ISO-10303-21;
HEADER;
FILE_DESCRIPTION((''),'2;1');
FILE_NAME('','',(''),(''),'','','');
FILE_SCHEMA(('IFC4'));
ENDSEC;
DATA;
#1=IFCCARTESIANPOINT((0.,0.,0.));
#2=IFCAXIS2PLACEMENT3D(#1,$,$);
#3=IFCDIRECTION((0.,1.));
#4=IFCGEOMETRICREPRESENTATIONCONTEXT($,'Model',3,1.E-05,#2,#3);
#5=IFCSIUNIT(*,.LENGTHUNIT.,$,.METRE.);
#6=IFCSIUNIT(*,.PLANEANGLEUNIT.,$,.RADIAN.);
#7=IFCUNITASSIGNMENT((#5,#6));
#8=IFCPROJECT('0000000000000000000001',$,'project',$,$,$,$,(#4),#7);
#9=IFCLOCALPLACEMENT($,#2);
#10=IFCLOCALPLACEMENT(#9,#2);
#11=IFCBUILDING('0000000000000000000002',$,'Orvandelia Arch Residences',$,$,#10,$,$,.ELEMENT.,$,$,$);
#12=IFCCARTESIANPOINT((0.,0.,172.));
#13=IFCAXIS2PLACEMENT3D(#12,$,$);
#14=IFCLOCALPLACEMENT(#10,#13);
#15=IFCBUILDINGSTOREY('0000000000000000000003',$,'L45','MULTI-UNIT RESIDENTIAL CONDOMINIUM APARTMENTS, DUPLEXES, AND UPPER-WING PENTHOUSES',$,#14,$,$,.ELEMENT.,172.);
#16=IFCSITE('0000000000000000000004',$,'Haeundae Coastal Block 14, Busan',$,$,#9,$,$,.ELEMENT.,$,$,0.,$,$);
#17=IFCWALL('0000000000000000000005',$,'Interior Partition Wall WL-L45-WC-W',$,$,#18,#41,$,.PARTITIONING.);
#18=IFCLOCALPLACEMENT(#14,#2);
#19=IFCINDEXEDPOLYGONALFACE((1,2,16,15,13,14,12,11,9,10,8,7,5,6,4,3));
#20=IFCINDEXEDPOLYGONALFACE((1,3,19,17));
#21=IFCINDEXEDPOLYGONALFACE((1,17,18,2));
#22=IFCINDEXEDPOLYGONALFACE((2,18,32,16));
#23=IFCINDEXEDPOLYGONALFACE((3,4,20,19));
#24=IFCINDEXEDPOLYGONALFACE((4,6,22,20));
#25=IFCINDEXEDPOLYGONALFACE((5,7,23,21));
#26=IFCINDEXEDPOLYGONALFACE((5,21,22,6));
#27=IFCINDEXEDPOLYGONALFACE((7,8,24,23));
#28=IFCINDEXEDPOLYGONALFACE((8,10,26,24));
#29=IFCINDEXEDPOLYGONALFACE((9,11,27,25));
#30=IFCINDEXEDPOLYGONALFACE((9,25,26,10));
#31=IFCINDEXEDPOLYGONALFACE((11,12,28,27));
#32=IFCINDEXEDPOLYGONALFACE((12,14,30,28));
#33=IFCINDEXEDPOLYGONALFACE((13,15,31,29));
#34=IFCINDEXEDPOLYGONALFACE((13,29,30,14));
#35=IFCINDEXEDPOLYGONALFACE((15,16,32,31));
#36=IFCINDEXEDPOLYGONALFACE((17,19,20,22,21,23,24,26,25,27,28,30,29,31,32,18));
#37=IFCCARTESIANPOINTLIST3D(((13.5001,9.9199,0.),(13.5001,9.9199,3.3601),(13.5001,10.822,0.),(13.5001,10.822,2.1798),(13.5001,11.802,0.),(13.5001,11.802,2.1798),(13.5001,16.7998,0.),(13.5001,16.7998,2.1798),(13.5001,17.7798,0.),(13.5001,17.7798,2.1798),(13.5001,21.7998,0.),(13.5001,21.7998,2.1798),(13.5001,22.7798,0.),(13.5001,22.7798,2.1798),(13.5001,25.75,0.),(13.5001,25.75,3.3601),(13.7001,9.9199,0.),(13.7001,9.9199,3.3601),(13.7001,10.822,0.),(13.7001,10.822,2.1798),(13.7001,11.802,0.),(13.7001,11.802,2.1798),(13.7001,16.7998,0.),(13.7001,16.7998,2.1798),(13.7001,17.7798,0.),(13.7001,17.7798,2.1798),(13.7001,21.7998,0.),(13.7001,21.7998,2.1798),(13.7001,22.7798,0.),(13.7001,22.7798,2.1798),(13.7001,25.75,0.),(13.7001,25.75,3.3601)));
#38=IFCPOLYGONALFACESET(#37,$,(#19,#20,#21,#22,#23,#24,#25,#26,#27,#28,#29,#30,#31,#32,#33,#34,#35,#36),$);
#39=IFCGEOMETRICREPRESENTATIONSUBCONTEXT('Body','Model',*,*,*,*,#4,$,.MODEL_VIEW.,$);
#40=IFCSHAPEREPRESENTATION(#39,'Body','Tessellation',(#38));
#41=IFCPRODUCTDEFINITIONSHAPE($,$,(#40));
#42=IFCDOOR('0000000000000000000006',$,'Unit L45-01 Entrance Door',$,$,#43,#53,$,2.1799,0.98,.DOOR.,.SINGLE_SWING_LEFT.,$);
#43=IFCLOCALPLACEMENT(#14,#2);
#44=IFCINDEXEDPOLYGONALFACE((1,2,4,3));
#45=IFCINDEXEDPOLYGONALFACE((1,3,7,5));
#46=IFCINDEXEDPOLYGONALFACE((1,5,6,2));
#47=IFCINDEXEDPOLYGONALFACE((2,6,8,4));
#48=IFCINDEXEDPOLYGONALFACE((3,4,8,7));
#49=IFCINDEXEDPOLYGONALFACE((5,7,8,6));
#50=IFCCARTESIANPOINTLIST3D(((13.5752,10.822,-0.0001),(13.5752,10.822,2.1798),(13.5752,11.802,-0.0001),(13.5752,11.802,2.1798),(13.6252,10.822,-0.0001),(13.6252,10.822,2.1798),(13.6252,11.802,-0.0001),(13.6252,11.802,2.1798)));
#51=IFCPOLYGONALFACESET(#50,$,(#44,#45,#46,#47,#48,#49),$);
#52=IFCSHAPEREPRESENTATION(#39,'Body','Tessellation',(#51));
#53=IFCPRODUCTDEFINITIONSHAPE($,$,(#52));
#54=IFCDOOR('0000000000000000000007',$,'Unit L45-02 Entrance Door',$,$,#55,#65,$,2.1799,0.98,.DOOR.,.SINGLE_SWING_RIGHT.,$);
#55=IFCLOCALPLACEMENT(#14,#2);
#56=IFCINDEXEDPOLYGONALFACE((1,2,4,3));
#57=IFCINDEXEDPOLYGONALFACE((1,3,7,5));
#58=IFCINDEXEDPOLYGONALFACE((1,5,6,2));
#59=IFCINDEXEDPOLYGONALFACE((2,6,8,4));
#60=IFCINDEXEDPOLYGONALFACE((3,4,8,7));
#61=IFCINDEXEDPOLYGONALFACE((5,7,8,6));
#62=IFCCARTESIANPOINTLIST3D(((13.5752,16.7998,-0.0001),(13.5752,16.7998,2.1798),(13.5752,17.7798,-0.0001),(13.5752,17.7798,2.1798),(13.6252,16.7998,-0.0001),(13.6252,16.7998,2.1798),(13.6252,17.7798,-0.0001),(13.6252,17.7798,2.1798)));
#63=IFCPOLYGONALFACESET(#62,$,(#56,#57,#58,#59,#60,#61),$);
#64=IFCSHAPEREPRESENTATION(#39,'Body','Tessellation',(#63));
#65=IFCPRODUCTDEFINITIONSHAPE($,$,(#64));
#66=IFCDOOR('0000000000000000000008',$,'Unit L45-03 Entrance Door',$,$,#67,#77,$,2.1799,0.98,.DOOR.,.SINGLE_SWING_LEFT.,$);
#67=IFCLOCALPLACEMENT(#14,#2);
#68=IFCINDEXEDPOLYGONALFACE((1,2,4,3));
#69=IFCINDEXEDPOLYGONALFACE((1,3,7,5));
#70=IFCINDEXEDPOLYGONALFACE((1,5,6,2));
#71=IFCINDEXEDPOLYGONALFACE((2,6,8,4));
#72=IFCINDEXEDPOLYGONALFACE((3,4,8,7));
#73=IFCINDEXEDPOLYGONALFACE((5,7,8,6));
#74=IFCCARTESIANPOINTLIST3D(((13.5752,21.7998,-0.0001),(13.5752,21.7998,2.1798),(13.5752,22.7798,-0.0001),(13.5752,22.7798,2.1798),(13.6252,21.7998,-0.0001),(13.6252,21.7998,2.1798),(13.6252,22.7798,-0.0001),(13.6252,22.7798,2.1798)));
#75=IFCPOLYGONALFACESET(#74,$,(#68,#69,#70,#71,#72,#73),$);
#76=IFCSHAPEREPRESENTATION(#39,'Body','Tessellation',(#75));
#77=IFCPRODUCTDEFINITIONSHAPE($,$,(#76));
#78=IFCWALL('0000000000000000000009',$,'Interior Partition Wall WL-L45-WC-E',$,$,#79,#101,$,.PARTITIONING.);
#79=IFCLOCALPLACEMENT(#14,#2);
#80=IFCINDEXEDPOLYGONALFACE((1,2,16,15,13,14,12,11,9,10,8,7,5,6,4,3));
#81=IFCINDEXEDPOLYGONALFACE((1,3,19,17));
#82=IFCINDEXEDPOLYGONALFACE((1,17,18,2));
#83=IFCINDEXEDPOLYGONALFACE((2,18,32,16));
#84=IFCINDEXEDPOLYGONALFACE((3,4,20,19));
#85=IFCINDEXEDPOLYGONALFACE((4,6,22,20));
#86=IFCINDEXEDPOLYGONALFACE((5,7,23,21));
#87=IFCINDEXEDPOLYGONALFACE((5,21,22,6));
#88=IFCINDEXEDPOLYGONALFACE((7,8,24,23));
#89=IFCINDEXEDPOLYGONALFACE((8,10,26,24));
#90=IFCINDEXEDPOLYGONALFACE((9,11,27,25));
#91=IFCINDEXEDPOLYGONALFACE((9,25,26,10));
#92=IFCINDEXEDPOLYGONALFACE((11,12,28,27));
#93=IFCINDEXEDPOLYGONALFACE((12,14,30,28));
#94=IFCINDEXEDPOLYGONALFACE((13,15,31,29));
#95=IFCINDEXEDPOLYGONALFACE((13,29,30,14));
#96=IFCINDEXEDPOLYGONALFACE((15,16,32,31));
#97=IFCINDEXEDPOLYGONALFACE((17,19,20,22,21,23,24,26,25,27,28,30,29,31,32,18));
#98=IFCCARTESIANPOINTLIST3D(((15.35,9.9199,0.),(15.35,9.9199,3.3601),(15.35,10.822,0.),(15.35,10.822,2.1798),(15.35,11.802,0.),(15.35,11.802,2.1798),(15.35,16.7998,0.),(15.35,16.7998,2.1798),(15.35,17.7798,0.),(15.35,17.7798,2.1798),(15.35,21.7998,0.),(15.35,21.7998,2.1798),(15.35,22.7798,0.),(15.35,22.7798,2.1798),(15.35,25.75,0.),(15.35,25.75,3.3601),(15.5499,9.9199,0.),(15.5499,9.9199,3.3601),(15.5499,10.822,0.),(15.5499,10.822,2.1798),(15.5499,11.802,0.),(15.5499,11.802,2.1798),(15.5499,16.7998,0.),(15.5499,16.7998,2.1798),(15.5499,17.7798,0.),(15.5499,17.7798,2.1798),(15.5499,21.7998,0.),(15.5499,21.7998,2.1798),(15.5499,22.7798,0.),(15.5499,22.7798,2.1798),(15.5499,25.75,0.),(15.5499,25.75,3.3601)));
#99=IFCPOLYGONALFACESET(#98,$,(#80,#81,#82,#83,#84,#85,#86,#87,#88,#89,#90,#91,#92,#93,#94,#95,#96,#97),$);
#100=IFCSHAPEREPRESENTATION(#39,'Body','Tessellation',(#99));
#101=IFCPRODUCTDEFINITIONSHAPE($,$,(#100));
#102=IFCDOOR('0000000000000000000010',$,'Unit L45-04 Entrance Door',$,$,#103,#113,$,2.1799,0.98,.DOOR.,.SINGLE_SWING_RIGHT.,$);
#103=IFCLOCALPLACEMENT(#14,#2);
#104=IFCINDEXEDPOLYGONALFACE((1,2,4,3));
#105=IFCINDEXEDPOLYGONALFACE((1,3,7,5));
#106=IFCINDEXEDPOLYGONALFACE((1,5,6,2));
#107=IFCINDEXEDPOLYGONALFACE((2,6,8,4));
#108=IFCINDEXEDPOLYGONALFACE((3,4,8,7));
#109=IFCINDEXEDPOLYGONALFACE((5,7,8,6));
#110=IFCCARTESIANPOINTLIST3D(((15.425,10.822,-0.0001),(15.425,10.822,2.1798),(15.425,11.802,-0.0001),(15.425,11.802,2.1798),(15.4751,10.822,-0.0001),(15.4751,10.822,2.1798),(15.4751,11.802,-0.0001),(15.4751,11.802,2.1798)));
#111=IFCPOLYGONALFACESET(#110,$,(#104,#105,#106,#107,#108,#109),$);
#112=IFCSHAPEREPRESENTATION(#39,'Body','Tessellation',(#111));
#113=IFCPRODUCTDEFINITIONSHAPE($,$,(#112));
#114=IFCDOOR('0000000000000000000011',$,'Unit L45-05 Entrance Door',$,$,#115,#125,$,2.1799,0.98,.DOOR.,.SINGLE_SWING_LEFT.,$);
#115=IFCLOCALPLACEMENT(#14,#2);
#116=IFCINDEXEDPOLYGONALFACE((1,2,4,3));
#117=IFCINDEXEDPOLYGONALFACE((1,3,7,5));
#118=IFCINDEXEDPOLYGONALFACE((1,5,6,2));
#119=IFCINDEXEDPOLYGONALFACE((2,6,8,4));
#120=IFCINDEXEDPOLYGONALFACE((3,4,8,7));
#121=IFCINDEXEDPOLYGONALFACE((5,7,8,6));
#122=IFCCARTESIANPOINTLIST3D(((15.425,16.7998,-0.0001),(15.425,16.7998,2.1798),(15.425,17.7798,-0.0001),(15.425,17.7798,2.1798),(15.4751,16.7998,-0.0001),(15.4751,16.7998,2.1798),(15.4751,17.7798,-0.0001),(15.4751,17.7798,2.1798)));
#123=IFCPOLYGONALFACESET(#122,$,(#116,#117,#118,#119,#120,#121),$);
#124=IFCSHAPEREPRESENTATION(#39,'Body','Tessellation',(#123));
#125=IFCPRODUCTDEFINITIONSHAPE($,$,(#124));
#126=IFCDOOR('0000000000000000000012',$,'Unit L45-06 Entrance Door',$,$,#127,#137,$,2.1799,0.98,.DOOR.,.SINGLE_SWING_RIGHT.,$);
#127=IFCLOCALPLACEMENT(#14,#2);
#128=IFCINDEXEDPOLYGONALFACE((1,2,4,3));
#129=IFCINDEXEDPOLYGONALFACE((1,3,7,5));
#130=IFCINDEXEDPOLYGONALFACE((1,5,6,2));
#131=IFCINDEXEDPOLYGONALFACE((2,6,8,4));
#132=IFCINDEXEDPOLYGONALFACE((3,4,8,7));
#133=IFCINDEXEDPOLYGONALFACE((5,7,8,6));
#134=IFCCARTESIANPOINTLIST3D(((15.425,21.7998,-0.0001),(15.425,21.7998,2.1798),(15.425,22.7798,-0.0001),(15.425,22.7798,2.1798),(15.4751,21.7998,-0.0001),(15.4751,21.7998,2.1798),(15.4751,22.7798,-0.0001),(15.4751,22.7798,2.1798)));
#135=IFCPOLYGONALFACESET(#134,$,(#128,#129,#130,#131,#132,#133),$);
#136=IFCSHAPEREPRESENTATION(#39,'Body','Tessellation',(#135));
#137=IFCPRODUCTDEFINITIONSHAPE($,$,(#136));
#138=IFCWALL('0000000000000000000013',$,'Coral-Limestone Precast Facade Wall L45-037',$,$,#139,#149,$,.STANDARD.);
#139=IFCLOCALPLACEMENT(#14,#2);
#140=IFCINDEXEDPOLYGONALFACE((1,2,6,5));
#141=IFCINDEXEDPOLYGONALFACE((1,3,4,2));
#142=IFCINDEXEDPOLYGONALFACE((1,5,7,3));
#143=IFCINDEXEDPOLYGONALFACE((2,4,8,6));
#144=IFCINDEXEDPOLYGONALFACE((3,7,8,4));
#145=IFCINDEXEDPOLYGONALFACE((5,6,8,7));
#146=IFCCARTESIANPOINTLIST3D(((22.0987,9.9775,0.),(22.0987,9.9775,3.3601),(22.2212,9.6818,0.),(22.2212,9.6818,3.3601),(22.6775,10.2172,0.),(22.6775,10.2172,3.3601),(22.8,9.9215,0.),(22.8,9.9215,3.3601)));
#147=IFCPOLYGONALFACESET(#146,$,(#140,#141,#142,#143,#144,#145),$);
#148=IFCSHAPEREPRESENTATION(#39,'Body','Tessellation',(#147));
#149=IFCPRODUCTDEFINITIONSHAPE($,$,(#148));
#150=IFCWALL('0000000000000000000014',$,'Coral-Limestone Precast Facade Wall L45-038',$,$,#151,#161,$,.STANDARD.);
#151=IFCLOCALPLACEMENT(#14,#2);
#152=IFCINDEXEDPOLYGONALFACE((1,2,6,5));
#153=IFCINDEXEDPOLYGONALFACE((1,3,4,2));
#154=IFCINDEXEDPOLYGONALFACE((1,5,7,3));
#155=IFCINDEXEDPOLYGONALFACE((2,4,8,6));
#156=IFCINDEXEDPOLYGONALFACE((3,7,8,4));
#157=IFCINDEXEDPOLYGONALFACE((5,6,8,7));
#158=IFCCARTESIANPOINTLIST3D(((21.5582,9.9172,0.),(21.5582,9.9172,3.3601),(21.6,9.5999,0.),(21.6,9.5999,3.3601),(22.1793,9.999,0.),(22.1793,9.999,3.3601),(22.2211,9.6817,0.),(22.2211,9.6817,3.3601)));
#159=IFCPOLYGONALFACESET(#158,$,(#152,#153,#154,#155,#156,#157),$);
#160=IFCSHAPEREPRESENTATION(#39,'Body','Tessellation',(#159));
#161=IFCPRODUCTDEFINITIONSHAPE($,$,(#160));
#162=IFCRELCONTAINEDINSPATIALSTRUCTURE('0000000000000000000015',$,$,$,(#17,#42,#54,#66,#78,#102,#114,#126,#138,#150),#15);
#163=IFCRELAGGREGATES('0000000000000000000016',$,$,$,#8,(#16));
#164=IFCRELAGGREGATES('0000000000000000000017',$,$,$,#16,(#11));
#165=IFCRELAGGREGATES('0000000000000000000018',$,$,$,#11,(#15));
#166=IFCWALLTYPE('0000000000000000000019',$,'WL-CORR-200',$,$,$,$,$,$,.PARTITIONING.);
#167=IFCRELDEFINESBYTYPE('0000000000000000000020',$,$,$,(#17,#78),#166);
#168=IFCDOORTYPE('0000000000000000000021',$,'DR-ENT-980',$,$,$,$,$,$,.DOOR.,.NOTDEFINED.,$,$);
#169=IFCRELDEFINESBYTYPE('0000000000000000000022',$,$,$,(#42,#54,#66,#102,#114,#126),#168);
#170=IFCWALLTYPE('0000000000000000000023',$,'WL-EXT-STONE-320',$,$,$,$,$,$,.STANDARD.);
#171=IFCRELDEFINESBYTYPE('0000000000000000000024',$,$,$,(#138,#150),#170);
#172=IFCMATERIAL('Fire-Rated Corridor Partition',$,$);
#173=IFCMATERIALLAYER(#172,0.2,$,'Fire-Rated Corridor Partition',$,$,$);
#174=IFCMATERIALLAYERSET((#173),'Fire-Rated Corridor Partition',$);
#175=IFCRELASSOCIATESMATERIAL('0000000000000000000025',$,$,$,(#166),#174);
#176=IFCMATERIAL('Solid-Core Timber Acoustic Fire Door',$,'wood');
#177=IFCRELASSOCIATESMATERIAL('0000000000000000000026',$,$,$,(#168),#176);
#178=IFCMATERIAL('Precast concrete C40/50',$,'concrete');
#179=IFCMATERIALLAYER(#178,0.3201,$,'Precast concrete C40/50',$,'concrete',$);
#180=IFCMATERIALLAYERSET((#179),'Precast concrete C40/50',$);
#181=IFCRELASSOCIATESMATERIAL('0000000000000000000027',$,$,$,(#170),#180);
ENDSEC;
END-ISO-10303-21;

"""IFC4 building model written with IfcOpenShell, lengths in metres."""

from ifc_helpers import new_model, si_unit, direction, frame, frame_2d, origin, place, context, subcontext, project, spatial, rectangle, extrude, material, layer, layer_set, type_object, element, fill, save


model = new_model("IFC4")

# Units and contexts
model_context = context("Model", 3, precision=1e-05, world=origin(), true_north=direction((0.0, 1.0)))
body_context = subcontext(model_context, "Body", "Model", "MODEL_VIEW")
ifc_project = project(units=[si_unit("LENGTHUNIT", "METRE"), si_unit("PLANEANGLEUNIT", "RADIAN")], contexts=[model_context])

# Site, building, storey
site_placement = place(None, origin())
site = spatial("IfcSite", under=ifc_project, at=site_placement, Name="Haeundae Coastal Block 14, Busan", CompositionType="ELEMENT", RefElevation=0.0)
building_placement = place(site_placement, origin())
building = spatial("IfcBuilding", under=site, at=building_placement, Name="Orvandelia Arch Residences", CompositionType="ELEMENT")
storey_placement = place(building_placement, frame((0.0, 0.0, 172.0)))
storey = spatial("IfcBuildingStorey", under=building, at=storey_placement, Name="L45", Description="MULTI-UNIT RESIDENTIAL CONDOMINIUM APARTMENTS, DUPLEXES, AND UPPER-WING PENTHOUSES", CompositionType="ELEMENT", Elevation=172.0)

# Walls, openings, doors
ifc_material_1 = material(Name="Fire-Rated Corridor Partition")
ifc_layer_1 = layer(ifc_material_1, 0.2, Name="Fire-Rated Corridor Partition")
ifc_layer_set_1 = layer_set([ifc_layer_1], Name="Fire-Rated Corridor Partition")
wall_type_1 = type_object("IfcWallType", Name="WL-CORR-200", PredefinedType="PARTITIONING", material=ifc_layer_set_1)
wall_1_placement = place(storey_placement, frame((13.6001, 9.9199, 0.0), z_axis=(0.0, 0.0, 1.0), x_axis=(0.0, 1.0, 0.0)))
wall_1 = element("IfcWall", 1, at=wall_1_placement, inside=storey, type_object=wall_type_1, Name="Interior Partition Wall WL-L45-WC-W", PredefinedType="PARTITIONING", context=body_context, shape_type="SweptSolid", body=[
    extrude(rectangle(XDim=15.8301, YDim=0.2, at=frame_2d((7.915, 0.0))), origin(), (0.0, 0.0, 1.0), 3.3601),
])
opening_1_placement = place(wall_1_placement, frame((0.9021, 0.0, 0.0)))
opening_1 = element("IfcOpeningElement", 2, at=opening_1_placement, cuts=wall_1, PredefinedType="OPENING", context=body_context, shape_type="SweptSolid", body=[
    extrude(rectangle(XDim=0.98, YDim=2.1799, at=frame_2d((0.49, 1.0898))), frame((0.0, 0.1099, 0.0), z_axis=(0.0, -1.0, 0.0), x_axis=(1.0, 0.0, 0.0)), (0.0, 0.0, 1.0), 0.22),
])
opening_2_placement = place(wall_1_placement, frame((6.8799, 0.0, 0.0)))
opening_2 = element("IfcOpeningElement", 3, at=opening_2_placement, cuts=wall_1, PredefinedType="OPENING", context=body_context, shape_type="SweptSolid", body=[
    extrude(rectangle(XDim=0.98, YDim=2.1799, at=frame_2d((0.49, 1.0898))), frame((0.0, 0.1099, 0.0), z_axis=(0.0, -1.0, 0.0), x_axis=(1.0, 0.0, 0.0)), (0.0, 0.0, 1.0), 0.22),
])
opening_3_placement = place(wall_1_placement, frame((11.8799, 0.0, 0.0)))
opening_3 = element("IfcOpeningElement", 4, at=opening_3_placement, cuts=wall_1, PredefinedType="OPENING", context=body_context, shape_type="SweptSolid", body=[
    extrude(rectangle(XDim=0.98, YDim=2.1799, at=frame_2d((0.49, 1.0898))), frame((0.0, 0.1099, 0.0), z_axis=(0.0, -1.0, 0.0), x_axis=(1.0, 0.0, 0.0)), (0.0, 0.0, 1.0), 0.22),
])
ifc_material_2 = material(Name="Solid-Core Timber Acoustic Fire Door", Category="wood")
door_type_1 = type_object("IfcDoorType", Name="DR-ENT-980", OperationType="NOTDEFINED", PredefinedType="DOOR", material=ifc_material_2)
door_1_placement = place(opening_1_placement, origin())
door_1 = element("IfcDoor", 5, at=door_1_placement, inside=storey, type_object=door_type_1, Name="Unit L45-01 Entrance Door", OperationType="SINGLE_SWING_LEFT", OverallHeight=2.1799, OverallWidth=0.98, PredefinedType="DOOR", context=body_context, shape_type="SweptSolid", body=[
    extrude(rectangle(XDim=0.98, YDim=2.1799, at=frame_2d((0.49, 1.0898))), frame((0.0, 0.0249, 0.0), z_axis=(0.0, -1.0, 0.0), x_axis=(1.0, 0.0, 0.0)), (0.0, 0.0, 1.0), 0.05),
])
fill(opening_1, door_1)
door_2_placement = place(opening_2_placement, origin())
door_2 = element("IfcDoor", 6, at=door_2_placement, inside=storey, type_object=door_type_1, Name="Unit L45-02 Entrance Door", OperationType="SINGLE_SWING_RIGHT", OverallHeight=2.1799, OverallWidth=0.98, PredefinedType="DOOR", context=body_context, shape_type="SweptSolid", body=[
    extrude(rectangle(XDim=0.98, YDim=2.1799, at=frame_2d((0.49, 1.0898))), frame((0.0, 0.0249, 0.0), z_axis=(0.0, -1.0, 0.0), x_axis=(1.0, 0.0, 0.0)), (0.0, 0.0, 1.0), 0.05),
])
fill(opening_2, door_2)
door_3_placement = place(opening_3_placement, origin())
door_3 = element("IfcDoor", 7, at=door_3_placement, inside=storey, type_object=door_type_1, Name="Unit L45-03 Entrance Door", OperationType="SINGLE_SWING_LEFT", OverallHeight=2.1799, OverallWidth=0.98, PredefinedType="DOOR", context=body_context, shape_type="SweptSolid", body=[
    extrude(rectangle(XDim=0.98, YDim=2.1799, at=frame_2d((0.49, 1.0898))), frame((0.0, 0.0249, 0.0), z_axis=(0.0, -1.0, 0.0), x_axis=(1.0, 0.0, 0.0)), (0.0, 0.0, 1.0), 0.05),
])
fill(opening_3, door_3)
wall_2_placement = place(storey_placement, frame((15.45, 9.9199, 0.0), z_axis=(0.0, 0.0, 1.0), x_axis=(0.0, 1.0, 0.0)))
wall_2 = element("IfcWall", 8, at=wall_2_placement, inside=storey, type_object=wall_type_1, Name="Interior Partition Wall WL-L45-WC-E", PredefinedType="PARTITIONING", context=body_context, shape_type="SweptSolid", body=[
    extrude(rectangle(XDim=15.8301, YDim=0.2, at=frame_2d((7.915, 0.0))), origin(), (0.0, 0.0, 1.0), 3.3601),
])
opening_4_placement = place(wall_2_placement, frame((0.9021, 0.0, 0.0)))
opening_4 = element("IfcOpeningElement", 9, at=opening_4_placement, cuts=wall_2, PredefinedType="OPENING", context=body_context, shape_type="SweptSolid", body=[
    extrude(rectangle(XDim=0.98, YDim=2.1799, at=frame_2d((0.49, 1.0898))), frame((0.0, 0.1099, 0.0), z_axis=(0.0, -1.0, 0.0), x_axis=(1.0, 0.0, 0.0)), (0.0, 0.0, 1.0), 0.22),
])
opening_5_placement = place(wall_2_placement, frame((6.8799, 0.0, 0.0)))
opening_5 = element("IfcOpeningElement", 10, at=opening_5_placement, cuts=wall_2, PredefinedType="OPENING", context=body_context, shape_type="SweptSolid", body=[
    extrude(rectangle(XDim=0.98, YDim=2.1799, at=frame_2d((0.49, 1.0898))), frame((0.0, 0.1099, 0.0), z_axis=(0.0, -1.0, 0.0), x_axis=(1.0, 0.0, 0.0)), (0.0, 0.0, 1.0), 0.22),
])
opening_6_placement = place(wall_2_placement, frame((11.8799, 0.0, 0.0)))
opening_6 = element("IfcOpeningElement", 11, at=opening_6_placement, cuts=wall_2, PredefinedType="OPENING", context=body_context, shape_type="SweptSolid", body=[
    extrude(rectangle(XDim=0.98, YDim=2.1799, at=frame_2d((0.49, 1.0898))), frame((0.0, 0.1099, 0.0), z_axis=(0.0, -1.0, 0.0), x_axis=(1.0, 0.0, 0.0)), (0.0, 0.0, 1.0), 0.22),
])
door_4_placement = place(opening_4_placement, origin())
door_4 = element("IfcDoor", 12, at=door_4_placement, inside=storey, type_object=door_type_1, Name="Unit L45-04 Entrance Door", OperationType="SINGLE_SWING_RIGHT", OverallHeight=2.1799, OverallWidth=0.98, PredefinedType="DOOR", context=body_context, shape_type="SweptSolid", body=[
    extrude(rectangle(XDim=0.98, YDim=2.1799, at=frame_2d((0.49, 1.0898))), frame((0.0, 0.0249, 0.0), z_axis=(0.0, -1.0, 0.0), x_axis=(1.0, 0.0, 0.0)), (0.0, 0.0, 1.0), 0.05),
])
fill(opening_4, door_4)
door_5_placement = place(opening_5_placement, origin())
door_5 = element("IfcDoor", 13, at=door_5_placement, inside=storey, type_object=door_type_1, Name="Unit L45-05 Entrance Door", OperationType="SINGLE_SWING_LEFT", OverallHeight=2.1799, OverallWidth=0.98, PredefinedType="DOOR", context=body_context, shape_type="SweptSolid", body=[
    extrude(rectangle(XDim=0.98, YDim=2.1799, at=frame_2d((0.49, 1.0898))), frame((0.0, 0.0249, 0.0), z_axis=(0.0, -1.0, 0.0), x_axis=(1.0, 0.0, 0.0)), (0.0, 0.0, 1.0), 0.05),
])
fill(opening_5, door_5)
door_6_placement = place(opening_6_placement, origin())
door_6 = element("IfcDoor", 14, at=door_6_placement, inside=storey, type_object=door_type_1, Name="Unit L45-06 Entrance Door", OperationType="SINGLE_SWING_RIGHT", OverallHeight=2.1799, OverallWidth=0.98, PredefinedType="DOOR", context=body_context, shape_type="SweptSolid", body=[
    extrude(rectangle(XDim=0.98, YDim=2.1799, at=frame_2d((0.49, 1.0898))), frame((0.0, 0.0249, 0.0), z_axis=(0.0, -1.0, 0.0), x_axis=(1.0, 0.0, 0.0)), (0.0, 0.0, 1.0), 0.05),
])
fill(opening_6, door_6)

# Walls
ifc_material_3 = material(Name="Precast concrete C40/50", Category="concrete")
ifc_layer_2 = layer(ifc_material_3, 0.3201, Name="Precast concrete C40/50", Category="concrete")
ifc_layer_set_2 = layer_set([ifc_layer_2], Name="Precast concrete C40/50")
wall_type_2 = type_object("IfcWallType", Name="WL-EXT-STONE-320", PredefinedType="STANDARD", material=ifc_layer_set_2)
for number, where, z_axis, x_axis, name in (
    (15, (22.7388, 10.0693, 0.0), (0.0, 0.0, 1.0), (-0.923893, -0.38265, 0.0), "Coral-Limestone Precast Facade Wall L45-037"),
    (16, (22.2002, 9.8403, 0.0), (0.0, 0.0, 1.0), (-0.991441, -0.130555, 0.0), "Coral-Limestone Precast Facade Wall L45-038"),
):
    element("IfcWall", number, at=place(storey_placement, frame(where, z_axis=z_axis, x_axis=x_axis)), inside=storey, type_object=wall_type_2, Name=name, PredefinedType="STANDARD", context=body_context, shape_type="SweptSolid", body=[
        extrude(rectangle(XDim=0.6265, YDim=0.3201, at=frame_2d((0.3132, 0.0))), origin(), (0.0, 0.0, 1.0), 3.3601),
    ])

save(model, "model.ifc")
